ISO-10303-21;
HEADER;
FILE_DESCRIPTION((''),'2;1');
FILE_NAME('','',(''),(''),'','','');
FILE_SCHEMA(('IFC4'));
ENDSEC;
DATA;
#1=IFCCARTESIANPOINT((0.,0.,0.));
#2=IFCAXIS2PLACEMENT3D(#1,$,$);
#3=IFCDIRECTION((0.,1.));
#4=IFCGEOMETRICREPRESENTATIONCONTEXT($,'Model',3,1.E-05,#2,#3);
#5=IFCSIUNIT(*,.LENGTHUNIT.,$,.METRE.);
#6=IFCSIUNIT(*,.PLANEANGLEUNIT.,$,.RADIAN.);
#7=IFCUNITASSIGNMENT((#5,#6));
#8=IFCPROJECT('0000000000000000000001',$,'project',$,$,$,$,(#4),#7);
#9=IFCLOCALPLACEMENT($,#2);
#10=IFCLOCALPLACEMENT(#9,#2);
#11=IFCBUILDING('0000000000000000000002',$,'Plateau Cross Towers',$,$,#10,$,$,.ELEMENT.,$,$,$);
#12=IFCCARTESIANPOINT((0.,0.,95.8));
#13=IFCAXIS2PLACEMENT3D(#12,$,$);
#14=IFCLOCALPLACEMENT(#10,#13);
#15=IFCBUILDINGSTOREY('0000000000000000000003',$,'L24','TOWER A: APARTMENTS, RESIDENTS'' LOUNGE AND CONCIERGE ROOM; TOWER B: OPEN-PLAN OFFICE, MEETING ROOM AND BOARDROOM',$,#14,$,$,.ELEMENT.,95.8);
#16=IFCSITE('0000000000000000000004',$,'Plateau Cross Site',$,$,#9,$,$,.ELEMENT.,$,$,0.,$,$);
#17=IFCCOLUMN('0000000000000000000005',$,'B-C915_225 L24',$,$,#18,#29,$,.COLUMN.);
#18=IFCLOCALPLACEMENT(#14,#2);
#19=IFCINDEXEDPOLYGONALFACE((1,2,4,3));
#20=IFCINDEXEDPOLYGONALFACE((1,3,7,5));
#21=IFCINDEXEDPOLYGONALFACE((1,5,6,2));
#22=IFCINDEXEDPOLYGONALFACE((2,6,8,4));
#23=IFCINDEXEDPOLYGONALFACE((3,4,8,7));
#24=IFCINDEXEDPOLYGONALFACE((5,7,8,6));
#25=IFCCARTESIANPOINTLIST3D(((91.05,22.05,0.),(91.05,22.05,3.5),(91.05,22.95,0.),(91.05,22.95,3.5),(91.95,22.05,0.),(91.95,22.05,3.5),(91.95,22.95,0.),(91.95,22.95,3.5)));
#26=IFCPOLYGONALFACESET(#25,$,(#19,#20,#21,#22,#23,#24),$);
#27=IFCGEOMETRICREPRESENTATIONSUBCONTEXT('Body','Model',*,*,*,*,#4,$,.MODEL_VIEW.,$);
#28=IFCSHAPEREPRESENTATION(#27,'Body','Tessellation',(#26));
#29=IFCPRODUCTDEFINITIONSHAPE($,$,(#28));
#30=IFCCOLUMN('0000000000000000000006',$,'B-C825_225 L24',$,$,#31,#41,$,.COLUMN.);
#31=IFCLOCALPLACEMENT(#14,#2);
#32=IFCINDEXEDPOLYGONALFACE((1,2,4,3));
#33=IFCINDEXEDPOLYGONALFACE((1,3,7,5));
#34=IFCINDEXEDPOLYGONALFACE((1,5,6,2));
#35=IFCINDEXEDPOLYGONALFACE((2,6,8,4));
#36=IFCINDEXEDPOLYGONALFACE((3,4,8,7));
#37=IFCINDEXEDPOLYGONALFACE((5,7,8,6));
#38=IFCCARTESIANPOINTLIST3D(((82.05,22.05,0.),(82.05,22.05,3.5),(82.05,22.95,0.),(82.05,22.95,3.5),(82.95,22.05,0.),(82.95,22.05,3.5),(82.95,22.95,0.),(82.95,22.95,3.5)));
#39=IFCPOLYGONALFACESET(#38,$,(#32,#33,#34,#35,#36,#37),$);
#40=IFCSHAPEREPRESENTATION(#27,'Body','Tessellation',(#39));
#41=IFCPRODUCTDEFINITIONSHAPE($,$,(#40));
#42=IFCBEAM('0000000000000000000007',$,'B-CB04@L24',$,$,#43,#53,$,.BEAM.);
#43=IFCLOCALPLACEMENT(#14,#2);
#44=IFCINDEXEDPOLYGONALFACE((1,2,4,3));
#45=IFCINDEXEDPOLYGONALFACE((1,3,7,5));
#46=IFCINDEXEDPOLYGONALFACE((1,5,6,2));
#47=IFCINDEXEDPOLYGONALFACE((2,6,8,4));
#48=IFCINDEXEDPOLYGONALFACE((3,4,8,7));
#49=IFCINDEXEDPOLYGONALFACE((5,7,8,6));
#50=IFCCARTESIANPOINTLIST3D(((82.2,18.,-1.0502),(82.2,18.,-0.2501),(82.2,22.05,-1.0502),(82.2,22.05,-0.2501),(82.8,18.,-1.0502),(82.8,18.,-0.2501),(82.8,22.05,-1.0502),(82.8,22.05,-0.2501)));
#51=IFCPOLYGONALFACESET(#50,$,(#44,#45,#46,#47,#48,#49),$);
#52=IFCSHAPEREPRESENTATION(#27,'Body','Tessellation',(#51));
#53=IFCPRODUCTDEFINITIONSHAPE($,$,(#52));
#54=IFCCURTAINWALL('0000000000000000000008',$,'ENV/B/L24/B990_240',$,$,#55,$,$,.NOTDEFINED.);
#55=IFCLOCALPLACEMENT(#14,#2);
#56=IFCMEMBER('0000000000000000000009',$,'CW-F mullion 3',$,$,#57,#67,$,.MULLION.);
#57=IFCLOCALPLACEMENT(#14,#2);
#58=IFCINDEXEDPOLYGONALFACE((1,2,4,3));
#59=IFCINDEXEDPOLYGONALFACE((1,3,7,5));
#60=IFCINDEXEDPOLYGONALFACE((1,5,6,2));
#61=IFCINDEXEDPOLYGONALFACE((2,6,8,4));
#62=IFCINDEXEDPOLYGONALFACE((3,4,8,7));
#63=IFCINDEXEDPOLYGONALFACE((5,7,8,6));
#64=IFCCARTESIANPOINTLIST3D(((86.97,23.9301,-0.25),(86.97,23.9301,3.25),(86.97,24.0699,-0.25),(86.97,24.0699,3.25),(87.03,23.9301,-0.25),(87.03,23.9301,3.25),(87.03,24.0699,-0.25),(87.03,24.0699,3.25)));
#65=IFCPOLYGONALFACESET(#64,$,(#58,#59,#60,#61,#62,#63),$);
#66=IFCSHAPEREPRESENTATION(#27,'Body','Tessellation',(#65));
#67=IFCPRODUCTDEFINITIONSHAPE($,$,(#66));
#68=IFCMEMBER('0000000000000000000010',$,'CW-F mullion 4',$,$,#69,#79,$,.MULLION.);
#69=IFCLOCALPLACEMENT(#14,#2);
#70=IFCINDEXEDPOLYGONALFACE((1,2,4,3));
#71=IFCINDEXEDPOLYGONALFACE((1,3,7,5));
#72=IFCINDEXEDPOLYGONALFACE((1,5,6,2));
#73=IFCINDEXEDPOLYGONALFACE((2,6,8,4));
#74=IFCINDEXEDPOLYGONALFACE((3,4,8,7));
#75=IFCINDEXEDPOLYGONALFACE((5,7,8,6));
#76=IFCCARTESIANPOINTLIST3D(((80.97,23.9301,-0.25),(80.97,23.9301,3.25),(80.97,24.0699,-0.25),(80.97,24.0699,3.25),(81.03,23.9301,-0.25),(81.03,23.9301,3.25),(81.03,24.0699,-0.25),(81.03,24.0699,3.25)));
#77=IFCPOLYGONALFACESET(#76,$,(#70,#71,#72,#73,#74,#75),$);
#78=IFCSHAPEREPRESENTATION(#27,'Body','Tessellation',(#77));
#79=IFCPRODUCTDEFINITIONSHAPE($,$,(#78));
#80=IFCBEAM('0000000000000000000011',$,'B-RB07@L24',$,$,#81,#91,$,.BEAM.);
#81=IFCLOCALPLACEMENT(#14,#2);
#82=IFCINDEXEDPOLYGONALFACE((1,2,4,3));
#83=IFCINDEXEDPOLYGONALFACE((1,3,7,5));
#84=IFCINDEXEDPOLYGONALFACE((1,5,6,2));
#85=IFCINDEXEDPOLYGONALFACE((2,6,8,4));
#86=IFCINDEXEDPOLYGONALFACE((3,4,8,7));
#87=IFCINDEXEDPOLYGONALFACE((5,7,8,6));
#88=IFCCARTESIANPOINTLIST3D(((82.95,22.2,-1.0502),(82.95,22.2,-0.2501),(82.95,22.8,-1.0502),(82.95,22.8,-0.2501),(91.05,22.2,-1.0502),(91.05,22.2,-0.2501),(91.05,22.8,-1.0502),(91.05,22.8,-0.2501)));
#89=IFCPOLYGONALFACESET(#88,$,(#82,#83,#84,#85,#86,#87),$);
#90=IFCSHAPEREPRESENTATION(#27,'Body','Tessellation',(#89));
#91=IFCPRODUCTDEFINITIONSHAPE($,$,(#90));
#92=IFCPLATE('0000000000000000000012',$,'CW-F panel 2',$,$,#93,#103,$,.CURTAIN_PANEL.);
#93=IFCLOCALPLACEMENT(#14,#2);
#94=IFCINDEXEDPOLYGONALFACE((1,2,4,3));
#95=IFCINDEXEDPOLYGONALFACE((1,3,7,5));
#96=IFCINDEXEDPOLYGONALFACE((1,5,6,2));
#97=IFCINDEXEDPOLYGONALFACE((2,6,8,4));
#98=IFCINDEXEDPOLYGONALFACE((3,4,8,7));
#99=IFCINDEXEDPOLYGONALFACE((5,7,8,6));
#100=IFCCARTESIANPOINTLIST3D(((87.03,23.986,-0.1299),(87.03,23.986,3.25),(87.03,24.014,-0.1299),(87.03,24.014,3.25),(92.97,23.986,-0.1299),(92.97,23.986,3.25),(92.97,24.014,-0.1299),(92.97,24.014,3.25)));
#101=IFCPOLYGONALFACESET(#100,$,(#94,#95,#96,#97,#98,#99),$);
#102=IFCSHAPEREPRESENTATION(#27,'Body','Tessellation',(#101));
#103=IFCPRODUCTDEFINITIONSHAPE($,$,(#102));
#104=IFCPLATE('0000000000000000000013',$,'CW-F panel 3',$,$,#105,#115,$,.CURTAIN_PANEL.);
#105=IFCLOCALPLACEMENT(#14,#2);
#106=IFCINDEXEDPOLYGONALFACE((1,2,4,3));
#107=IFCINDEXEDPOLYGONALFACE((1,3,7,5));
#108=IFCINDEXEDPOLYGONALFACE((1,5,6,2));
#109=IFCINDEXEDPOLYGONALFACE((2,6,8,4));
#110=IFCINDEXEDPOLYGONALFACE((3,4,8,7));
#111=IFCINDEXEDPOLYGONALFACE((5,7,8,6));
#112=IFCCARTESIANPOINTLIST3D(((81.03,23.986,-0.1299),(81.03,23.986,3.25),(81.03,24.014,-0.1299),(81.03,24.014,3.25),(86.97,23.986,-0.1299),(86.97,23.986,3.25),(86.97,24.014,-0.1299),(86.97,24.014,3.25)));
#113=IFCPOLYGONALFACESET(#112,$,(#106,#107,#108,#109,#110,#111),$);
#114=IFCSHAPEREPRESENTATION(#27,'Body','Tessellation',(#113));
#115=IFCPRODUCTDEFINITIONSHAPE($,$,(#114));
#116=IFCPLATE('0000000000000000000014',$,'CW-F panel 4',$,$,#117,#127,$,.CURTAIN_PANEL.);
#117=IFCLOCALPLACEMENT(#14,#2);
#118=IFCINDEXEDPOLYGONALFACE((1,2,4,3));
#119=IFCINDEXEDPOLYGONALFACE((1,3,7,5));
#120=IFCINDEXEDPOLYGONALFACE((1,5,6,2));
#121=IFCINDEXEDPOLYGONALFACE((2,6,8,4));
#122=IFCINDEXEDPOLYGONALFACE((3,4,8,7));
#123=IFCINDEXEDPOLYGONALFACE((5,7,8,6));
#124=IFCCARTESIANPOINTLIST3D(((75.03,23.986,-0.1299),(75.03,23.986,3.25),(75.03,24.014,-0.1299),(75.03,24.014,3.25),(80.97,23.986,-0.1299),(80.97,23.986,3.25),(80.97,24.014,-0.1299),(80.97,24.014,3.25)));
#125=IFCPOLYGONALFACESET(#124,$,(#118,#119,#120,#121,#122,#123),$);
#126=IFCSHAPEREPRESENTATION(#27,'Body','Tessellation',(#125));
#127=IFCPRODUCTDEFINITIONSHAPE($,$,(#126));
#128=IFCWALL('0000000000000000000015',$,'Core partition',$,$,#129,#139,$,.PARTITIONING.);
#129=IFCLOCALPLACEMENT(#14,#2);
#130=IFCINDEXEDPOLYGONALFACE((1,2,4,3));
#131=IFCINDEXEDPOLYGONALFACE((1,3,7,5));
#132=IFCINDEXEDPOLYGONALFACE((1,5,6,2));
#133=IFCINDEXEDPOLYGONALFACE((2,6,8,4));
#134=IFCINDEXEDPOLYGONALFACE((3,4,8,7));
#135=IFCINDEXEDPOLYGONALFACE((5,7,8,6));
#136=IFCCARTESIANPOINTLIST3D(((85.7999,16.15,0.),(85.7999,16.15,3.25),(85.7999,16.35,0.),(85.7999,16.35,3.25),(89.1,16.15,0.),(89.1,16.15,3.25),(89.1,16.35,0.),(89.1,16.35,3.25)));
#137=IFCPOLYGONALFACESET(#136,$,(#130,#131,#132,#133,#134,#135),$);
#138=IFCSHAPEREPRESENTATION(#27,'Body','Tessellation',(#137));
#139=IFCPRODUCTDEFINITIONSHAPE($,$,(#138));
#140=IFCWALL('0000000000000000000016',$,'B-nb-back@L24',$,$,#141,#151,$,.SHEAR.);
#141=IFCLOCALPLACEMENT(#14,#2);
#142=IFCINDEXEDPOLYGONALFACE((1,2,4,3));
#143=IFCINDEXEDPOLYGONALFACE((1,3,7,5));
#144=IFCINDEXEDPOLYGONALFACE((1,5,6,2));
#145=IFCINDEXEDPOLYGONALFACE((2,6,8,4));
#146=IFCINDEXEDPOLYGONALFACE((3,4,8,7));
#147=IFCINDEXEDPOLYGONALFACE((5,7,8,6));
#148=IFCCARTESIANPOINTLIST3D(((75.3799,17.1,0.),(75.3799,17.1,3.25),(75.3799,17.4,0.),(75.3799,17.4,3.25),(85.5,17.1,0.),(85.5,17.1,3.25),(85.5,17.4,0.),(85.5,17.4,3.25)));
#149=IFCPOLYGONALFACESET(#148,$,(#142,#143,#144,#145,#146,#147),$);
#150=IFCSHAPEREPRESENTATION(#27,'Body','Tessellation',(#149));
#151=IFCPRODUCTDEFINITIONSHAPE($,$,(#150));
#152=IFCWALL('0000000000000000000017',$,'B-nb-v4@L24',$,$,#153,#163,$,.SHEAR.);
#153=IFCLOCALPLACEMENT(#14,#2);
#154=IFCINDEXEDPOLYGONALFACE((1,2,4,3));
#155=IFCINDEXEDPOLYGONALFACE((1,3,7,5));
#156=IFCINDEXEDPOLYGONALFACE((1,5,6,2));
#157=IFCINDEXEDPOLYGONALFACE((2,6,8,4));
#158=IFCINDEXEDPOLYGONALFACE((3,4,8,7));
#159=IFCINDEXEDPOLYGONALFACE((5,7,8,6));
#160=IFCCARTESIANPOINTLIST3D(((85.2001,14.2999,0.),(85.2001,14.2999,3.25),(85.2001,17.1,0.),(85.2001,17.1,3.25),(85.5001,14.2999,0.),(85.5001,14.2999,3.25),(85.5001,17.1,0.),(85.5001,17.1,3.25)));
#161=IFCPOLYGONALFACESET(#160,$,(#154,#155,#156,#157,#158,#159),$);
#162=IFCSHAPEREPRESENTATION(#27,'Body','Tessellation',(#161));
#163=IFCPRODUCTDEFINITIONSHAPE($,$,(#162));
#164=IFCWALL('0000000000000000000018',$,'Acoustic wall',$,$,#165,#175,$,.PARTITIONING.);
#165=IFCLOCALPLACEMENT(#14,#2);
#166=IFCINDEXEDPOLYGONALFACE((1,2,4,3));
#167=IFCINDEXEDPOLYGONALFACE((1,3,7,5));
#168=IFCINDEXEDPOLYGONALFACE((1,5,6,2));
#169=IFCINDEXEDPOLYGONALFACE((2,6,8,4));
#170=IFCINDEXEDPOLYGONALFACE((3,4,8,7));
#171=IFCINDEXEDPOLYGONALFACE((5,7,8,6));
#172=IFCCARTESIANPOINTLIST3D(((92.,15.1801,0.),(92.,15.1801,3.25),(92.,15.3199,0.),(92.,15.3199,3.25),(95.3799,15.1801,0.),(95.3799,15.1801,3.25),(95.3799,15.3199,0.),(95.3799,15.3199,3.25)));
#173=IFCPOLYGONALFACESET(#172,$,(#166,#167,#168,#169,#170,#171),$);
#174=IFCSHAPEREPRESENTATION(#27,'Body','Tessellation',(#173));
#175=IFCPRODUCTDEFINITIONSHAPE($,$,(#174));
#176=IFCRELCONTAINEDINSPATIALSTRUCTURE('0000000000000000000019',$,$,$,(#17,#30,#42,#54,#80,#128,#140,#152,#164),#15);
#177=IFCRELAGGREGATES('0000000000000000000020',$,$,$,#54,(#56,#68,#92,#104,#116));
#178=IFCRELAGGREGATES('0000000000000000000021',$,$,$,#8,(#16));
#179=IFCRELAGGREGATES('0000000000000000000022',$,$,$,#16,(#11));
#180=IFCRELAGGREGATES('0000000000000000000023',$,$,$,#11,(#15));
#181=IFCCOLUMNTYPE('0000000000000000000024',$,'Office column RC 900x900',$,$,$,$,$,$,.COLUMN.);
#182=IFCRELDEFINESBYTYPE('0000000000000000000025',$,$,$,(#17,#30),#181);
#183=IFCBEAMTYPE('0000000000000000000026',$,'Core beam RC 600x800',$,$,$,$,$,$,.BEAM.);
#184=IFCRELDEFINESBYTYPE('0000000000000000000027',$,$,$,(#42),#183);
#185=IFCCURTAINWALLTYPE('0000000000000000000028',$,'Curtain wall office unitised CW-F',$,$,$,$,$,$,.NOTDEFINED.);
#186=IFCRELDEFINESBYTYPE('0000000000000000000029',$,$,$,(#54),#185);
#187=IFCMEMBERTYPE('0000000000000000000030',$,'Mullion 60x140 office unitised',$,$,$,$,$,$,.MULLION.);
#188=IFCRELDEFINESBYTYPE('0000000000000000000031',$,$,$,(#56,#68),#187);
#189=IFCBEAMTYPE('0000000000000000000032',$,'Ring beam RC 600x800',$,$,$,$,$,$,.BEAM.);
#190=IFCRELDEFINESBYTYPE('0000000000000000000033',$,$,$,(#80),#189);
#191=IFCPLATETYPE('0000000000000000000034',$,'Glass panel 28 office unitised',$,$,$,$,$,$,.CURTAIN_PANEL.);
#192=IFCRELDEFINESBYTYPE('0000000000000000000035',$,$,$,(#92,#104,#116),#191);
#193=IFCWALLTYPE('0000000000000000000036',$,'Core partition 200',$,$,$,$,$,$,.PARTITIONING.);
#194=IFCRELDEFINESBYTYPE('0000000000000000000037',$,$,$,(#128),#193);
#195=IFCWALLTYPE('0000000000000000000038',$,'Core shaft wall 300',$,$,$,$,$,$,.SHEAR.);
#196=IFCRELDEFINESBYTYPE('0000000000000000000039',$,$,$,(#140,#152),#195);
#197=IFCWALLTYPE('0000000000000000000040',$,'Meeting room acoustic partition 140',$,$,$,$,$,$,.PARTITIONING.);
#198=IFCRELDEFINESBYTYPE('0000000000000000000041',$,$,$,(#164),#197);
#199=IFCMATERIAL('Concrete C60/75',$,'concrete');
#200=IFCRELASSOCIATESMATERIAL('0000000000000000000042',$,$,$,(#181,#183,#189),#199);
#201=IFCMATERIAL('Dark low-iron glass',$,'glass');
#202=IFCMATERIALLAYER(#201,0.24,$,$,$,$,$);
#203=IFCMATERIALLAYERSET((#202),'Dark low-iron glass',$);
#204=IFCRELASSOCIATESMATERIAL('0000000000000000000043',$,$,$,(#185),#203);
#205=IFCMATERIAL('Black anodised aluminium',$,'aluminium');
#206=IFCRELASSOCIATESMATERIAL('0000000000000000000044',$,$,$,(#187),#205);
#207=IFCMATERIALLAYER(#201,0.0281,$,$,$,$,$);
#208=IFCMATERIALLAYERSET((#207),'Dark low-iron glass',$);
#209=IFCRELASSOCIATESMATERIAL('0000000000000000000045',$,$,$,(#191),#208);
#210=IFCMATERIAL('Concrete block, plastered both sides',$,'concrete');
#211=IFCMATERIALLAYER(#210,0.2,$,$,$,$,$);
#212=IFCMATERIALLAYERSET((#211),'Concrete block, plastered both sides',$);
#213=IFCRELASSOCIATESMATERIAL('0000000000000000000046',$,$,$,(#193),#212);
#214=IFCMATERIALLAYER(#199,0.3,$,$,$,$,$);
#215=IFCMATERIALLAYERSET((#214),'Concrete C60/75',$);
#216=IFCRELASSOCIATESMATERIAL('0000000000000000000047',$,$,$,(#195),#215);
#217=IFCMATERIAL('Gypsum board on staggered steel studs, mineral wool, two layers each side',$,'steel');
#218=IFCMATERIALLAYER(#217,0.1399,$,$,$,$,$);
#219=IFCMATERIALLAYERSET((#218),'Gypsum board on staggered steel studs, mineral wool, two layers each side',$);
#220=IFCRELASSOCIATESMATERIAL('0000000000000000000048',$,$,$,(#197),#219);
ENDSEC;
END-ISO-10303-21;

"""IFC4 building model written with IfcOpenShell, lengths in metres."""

from ifc_helpers import new_model, si_unit, direction, frame, frame_2d, origin, origin_2d, place, context, subcontext, project, spatial, rectangle, extrude, material, layer, layer_set, material_profile, profile_set, type_object, element, aggregate, save


model = new_model("IFC4")

# Units and contexts
model_context = context("Model", 3, precision=1e-05, world=origin(), true_north=direction((0.0, 1.0)))
body_context = subcontext(model_context, "Body", "Model", "MODEL_VIEW")
ifc_project = project(units=[si_unit("LENGTHUNIT", "METRE"), si_unit("PLANEANGLEUNIT", "RADIAN")], contexts=[model_context])

# Site, building, storey
site_placement = place(None, origin())
site = spatial("IfcSite", under=ifc_project, at=site_placement, Name="Plateau Cross Site", CompositionType="ELEMENT", RefElevation=0.0)
building_placement = place(site_placement, origin())
building = spatial("IfcBuilding", under=site, at=building_placement, Name="Plateau Cross Towers", CompositionType="ELEMENT")
storey_placement = place(building_placement, frame((0.0, 0.0, 95.8)))
storey = spatial("IfcBuildingStorey", under=building, at=storey_placement, Name="L24", Description="TOWER A: APARTMENTS, RESIDENTS' LOUNGE AND CONCIERGE ROOM; TOWER B: OPEN-PLAN OFFICE, MEETING ROOM AND BOARDROOM", CompositionType="ELEMENT", Elevation=95.8)

# Columns
ifc_material_1 = material(Name="Concrete C60/75", Category="concrete")
ifc_material_profile_1 = material_profile(ifc_material_1, rectangle(XDim=0.8999, YDim=0.8999, at=origin_2d()), Name="RC 900x900")
ifc_profile_set_1 = profile_set([ifc_material_profile_1], Name="Concrete C60/75")
column_type = type_object("IfcColumnType", Name="Office column RC 900x900", PredefinedType="COLUMN", material=ifc_profile_set_1)
for number, where, z_axis, x_axis, name in (
    (1, (91.5, 22.5, 0.0), (0.0, 0.0, 1.0), (1.0, 0.0, 0.0), "B-C915_225 L24"),
    (2, (82.5, 22.5, 0.0), (0.0, 0.0, 1.0), (1.0, 0.0, 0.0), "B-C825_225 L24"),
):
    element("IfcColumn", number, at=place(storey_placement, frame(where, z_axis=z_axis, x_axis=x_axis)), inside=storey, type_object=column_type, Name=name, PredefinedType="COLUMN", context=body_context, shape_type="SweptSolid", body=[
        extrude(rectangle(XDim=0.8999, YDim=0.8999, at=origin_2d()), origin(), (0.0, 0.0, 1.0), 3.5),
    ])

# Beam
ifc_material_profile_2 = material_profile(ifc_material_1, rectangle(XDim=0.6001, YDim=0.8, at=origin_2d()), Name="RC 600x800")
ifc_profile_set_2 = profile_set([ifc_material_profile_2], Name="Concrete C60/75")
beam_type_1 = type_object("IfcBeamType", Name="Core beam RC 600x800", PredefinedType="BEAM", material=ifc_profile_set_2)
beam_1_placement = place(storey_placement, frame((82.5, 18.0, -0.6501), z_axis=(0.0, 1.0, 0.0), x_axis=(-1.0, 0.0, 0.0)))
element("IfcBeam", 3, at=beam_1_placement, inside=storey, type_object=beam_type_1, Name="B-CB04@L24", PredefinedType="BEAM", context=body_context, shape_type="SweptSolid", body=[
    extrude(rectangle(XDim=0.6001, YDim=0.8, at=origin_2d()), origin(), (0.0, 0.0, 1.0), 4.05),
])

# Curtain wall, members
ifc_material_2 = material(Name="Dark low-iron glass", Category="glass")
ifc_layer_1 = layer(ifc_material_2, 0.24)
ifc_layer_set_1 = layer_set([ifc_layer_1], Name="Dark low-iron glass")
curtain_wall_type = type_object("IfcCurtainWallType", Name="Curtain wall office unitised CW-F", PredefinedType="NOTDEFINED", material=ifc_layer_set_1)
curtain_wall_placement = place(storey_placement, origin())
curtain_wall = element("IfcCurtainWall", 4, at=curtain_wall_placement, inside=storey, type_object=curtain_wall_type, Name="ENV/B/L24/B990_240", PredefinedType="NOTDEFINED")
ifc_material_3 = material(Name="Black anodised aluminium", Category="aluminium")
ifc_material_profile_3 = material_profile(ifc_material_3, rectangle(XDim=0.0601, YDim=0.1399, at=origin_2d()), Name="MULLION 60x140")
ifc_profile_set_3 = profile_set([ifc_material_profile_3], Name="Black anodised aluminium")
member_type = type_object("IfcMemberType", Name="Mullion 60x140 office unitised", PredefinedType="MULLION", material=ifc_profile_set_3)
member_1_placement = place(storey_placement, frame((87.0, 24.0, -0.25), z_axis=(0.0, 0.0, 1.0), x_axis=(-1.0, 0.0, 0.0)))
member_1 = element("IfcMember", 5, at=member_1_placement, type_object=member_type, Name="CW-F mullion 3", PredefinedType="MULLION", context=body_context, shape_type="SweptSolid", body=[
    extrude(rectangle(XDim=0.0601, YDim=0.1399, at=origin_2d()), origin(), (0.0, 0.0, 1.0), 3.5),
])
member_2_placement = place(storey_placement, frame((81.0, 24.0, -0.25), z_axis=(0.0, 0.0, 1.0), x_axis=(-1.0, 0.0, 0.0)))
member_2 = element("IfcMember", 6, at=member_2_placement, type_object=member_type, Name="CW-F mullion 4", PredefinedType="MULLION", context=body_context, shape_type="SweptSolid", body=[
    extrude(rectangle(XDim=0.0601, YDim=0.1399, at=origin_2d()), origin(), (0.0, 0.0, 1.0), 3.5),
])

# Beam
ifc_material_profile_4 = material_profile(ifc_material_1, rectangle(XDim=0.6001, YDim=0.8, at=origin_2d()), Name="RC 600x800")
ifc_profile_set_4 = profile_set([ifc_material_profile_4], Name="Concrete C60/75")
beam_type_2 = type_object("IfcBeamType", Name="Ring beam RC 600x800", PredefinedType="BEAM", material=ifc_profile_set_4)
beam_2_placement = place(storey_placement, frame((91.05, 22.5, -0.6501), z_axis=(-1.0, 0.0, 0.0), x_axis=(0.0, -1.0, 0.0)))
element("IfcBeam", 7, at=beam_2_placement, inside=storey, type_object=beam_type_2, Name="B-RB07@L24", PredefinedType="BEAM", context=body_context, shape_type="SweptSolid", body=[
    extrude(rectangle(XDim=0.6001, YDim=0.8, at=origin_2d()), origin(), (0.0, 0.0, 1.0), 8.1001),
])

# Plates
ifc_layer_2 = layer(ifc_material_2, 0.0281)
ifc_layer_set_2 = layer_set([ifc_layer_2], Name="Dark low-iron glass")
plate_type = type_object("IfcPlateType", Name="Glass panel 28 office unitised", PredefinedType="CURTAIN_PANEL", material=ifc_layer_set_2)
plate_1_placement = place(storey_placement, frame((90.0, 24.0, -0.1299), z_axis=(0.0, 0.0, 1.0), x_axis=(-1.0, 0.0, 0.0)))
plate_1 = element("IfcPlate", 8, at=plate_1_placement, type_object=plate_type, Name="CW-F panel 2", PredefinedType="CURTAIN_PANEL", context=body_context, shape_type="SweptSolid", body=[
    extrude(rectangle(XDim=5.9399, YDim=0.0281, at=origin_2d()), origin(), (0.0, 0.0, 1.0), 3.3799),
])
plate_2_placement = place(storey_placement, frame((84.0, 24.0, -0.1299), z_axis=(0.0, 0.0, 1.0), x_axis=(-1.0, 0.0, 0.0)))
plate_2 = element("IfcPlate", 9, at=plate_2_placement, type_object=plate_type, Name="CW-F panel 3", PredefinedType="CURTAIN_PANEL", context=body_context, shape_type="SweptSolid", body=[
    extrude(rectangle(XDim=5.9399, YDim=0.0281, at=origin_2d()), origin(), (0.0, 0.0, 1.0), 3.3799),
])
plate_3_placement = place(storey_placement, frame((78.0, 24.0, -0.1299), z_axis=(0.0, 0.0, 1.0), x_axis=(-1.0, 0.0, 0.0)))
plate_3 = element("IfcPlate", 10, at=plate_3_placement, type_object=plate_type, Name="CW-F panel 4", PredefinedType="CURTAIN_PANEL", context=body_context, shape_type="SweptSolid", body=[
    extrude(rectangle(XDim=5.9399, YDim=0.0281, at=origin_2d()), origin(), (0.0, 0.0, 1.0), 3.3799),
])
aggregate(curtain_wall, [member_1, member_2, plate_1, plate_2, plate_3])

# Walls
ifc_material_4 = material(Name="Concrete block, plastered both sides", Category="concrete")
ifc_layer_3 = layer(ifc_material_4, 0.2)
ifc_layer_set_3 = layer_set([ifc_layer_3], Name="Concrete block, plastered both sides")
wall_type_1 = type_object("IfcWallType", Name="Core partition 200", PredefinedType="PARTITIONING", material=ifc_layer_set_3)
wall_1_placement = place(storey_placement, frame((85.8, 16.25, 0.0), z_axis=(0.0, 0.0, 1.0), x_axis=(1.0, 0.0, 0.0)))
element("IfcWall", 11, at=wall_1_placement, inside=storey, type_object=wall_type_1, Name="Core partition", PredefinedType="PARTITIONING", context=body_context, shape_type="SweptSolid", body=[
    extrude(rectangle(XDim=3.3, YDim=0.2, at=frame_2d((1.6499, 0.0))), origin(), (0.0, 0.0, 1.0), 3.25),
])
ifc_layer_4 = layer(ifc_material_1, 0.3)
ifc_layer_set_4 = layer_set([ifc_layer_4], Name="Concrete C60/75")
wall_type_2 = type_object("IfcWallType", Name="Core shaft wall 300", PredefinedType="SHEAR", material=ifc_layer_set_4)
wall_2_placement = place(storey_placement, frame((75.3799, 17.25, 0.0), z_axis=(0.0, 0.0, 1.0), x_axis=(1.0, 0.0, 0.0)))
element("IfcWall", 12, at=wall_2_placement, inside=storey, type_object=wall_type_2, Name="B-nb-back@L24", PredefinedType="SHEAR", context=body_context, shape_type="SweptSolid", body=[
    extrude(rectangle(XDim=10.1201, YDim=0.3, at=frame_2d((5.0601, 0.0))), origin(), (0.0, 0.0, 1.0), 3.25),
])
wall_3_placement = place(storey_placement, frame((85.3501, 14.3, 0.0), z_axis=(0.0, 0.0, 1.0), x_axis=(0.0, 1.0, 0.0)))
element("IfcWall", 13, at=wall_3_placement, inside=storey, type_object=wall_type_2, Name="B-nb-v4@L24", PredefinedType="SHEAR", context=body_context, shape_type="SweptSolid", body=[
    extrude(rectangle(XDim=2.8, YDim=0.3, at=frame_2d((1.3999, 0.0))), origin(), (0.0, 0.0, 1.0), 3.25),
])
ifc_material_5 = material(Name="Gypsum board on staggered steel studs, mineral wool, two layers each side", Category="steel")
ifc_layer_5 = layer(ifc_material_5, 0.1399)
ifc_layer_set_5 = layer_set([ifc_layer_5], Name="Gypsum board on staggered steel studs, mineral wool, two layers each side")
wall_type_3 = type_object("IfcWallType", Name="Meeting room acoustic partition 140", PredefinedType="PARTITIONING", material=ifc_layer_set_5)
wall_4_placement = place(storey_placement, frame((92.0, 15.25, 0.0), z_axis=(0.0, 0.0, 1.0), x_axis=(1.0, 0.0, 0.0)))
element("IfcWall", 14, at=wall_4_placement, inside=storey, type_object=wall_type_3, Name="Acoustic wall", PredefinedType="PARTITIONING", context=body_context, shape_type="SweptSolid", body=[
    extrude(rectangle(XDim=3.3799, YDim=0.1399, at=frame_2d((1.6899, 0.0))), origin(), (0.0, 0.0, 1.0), 3.25),
])

save(model, "model.ifc")
